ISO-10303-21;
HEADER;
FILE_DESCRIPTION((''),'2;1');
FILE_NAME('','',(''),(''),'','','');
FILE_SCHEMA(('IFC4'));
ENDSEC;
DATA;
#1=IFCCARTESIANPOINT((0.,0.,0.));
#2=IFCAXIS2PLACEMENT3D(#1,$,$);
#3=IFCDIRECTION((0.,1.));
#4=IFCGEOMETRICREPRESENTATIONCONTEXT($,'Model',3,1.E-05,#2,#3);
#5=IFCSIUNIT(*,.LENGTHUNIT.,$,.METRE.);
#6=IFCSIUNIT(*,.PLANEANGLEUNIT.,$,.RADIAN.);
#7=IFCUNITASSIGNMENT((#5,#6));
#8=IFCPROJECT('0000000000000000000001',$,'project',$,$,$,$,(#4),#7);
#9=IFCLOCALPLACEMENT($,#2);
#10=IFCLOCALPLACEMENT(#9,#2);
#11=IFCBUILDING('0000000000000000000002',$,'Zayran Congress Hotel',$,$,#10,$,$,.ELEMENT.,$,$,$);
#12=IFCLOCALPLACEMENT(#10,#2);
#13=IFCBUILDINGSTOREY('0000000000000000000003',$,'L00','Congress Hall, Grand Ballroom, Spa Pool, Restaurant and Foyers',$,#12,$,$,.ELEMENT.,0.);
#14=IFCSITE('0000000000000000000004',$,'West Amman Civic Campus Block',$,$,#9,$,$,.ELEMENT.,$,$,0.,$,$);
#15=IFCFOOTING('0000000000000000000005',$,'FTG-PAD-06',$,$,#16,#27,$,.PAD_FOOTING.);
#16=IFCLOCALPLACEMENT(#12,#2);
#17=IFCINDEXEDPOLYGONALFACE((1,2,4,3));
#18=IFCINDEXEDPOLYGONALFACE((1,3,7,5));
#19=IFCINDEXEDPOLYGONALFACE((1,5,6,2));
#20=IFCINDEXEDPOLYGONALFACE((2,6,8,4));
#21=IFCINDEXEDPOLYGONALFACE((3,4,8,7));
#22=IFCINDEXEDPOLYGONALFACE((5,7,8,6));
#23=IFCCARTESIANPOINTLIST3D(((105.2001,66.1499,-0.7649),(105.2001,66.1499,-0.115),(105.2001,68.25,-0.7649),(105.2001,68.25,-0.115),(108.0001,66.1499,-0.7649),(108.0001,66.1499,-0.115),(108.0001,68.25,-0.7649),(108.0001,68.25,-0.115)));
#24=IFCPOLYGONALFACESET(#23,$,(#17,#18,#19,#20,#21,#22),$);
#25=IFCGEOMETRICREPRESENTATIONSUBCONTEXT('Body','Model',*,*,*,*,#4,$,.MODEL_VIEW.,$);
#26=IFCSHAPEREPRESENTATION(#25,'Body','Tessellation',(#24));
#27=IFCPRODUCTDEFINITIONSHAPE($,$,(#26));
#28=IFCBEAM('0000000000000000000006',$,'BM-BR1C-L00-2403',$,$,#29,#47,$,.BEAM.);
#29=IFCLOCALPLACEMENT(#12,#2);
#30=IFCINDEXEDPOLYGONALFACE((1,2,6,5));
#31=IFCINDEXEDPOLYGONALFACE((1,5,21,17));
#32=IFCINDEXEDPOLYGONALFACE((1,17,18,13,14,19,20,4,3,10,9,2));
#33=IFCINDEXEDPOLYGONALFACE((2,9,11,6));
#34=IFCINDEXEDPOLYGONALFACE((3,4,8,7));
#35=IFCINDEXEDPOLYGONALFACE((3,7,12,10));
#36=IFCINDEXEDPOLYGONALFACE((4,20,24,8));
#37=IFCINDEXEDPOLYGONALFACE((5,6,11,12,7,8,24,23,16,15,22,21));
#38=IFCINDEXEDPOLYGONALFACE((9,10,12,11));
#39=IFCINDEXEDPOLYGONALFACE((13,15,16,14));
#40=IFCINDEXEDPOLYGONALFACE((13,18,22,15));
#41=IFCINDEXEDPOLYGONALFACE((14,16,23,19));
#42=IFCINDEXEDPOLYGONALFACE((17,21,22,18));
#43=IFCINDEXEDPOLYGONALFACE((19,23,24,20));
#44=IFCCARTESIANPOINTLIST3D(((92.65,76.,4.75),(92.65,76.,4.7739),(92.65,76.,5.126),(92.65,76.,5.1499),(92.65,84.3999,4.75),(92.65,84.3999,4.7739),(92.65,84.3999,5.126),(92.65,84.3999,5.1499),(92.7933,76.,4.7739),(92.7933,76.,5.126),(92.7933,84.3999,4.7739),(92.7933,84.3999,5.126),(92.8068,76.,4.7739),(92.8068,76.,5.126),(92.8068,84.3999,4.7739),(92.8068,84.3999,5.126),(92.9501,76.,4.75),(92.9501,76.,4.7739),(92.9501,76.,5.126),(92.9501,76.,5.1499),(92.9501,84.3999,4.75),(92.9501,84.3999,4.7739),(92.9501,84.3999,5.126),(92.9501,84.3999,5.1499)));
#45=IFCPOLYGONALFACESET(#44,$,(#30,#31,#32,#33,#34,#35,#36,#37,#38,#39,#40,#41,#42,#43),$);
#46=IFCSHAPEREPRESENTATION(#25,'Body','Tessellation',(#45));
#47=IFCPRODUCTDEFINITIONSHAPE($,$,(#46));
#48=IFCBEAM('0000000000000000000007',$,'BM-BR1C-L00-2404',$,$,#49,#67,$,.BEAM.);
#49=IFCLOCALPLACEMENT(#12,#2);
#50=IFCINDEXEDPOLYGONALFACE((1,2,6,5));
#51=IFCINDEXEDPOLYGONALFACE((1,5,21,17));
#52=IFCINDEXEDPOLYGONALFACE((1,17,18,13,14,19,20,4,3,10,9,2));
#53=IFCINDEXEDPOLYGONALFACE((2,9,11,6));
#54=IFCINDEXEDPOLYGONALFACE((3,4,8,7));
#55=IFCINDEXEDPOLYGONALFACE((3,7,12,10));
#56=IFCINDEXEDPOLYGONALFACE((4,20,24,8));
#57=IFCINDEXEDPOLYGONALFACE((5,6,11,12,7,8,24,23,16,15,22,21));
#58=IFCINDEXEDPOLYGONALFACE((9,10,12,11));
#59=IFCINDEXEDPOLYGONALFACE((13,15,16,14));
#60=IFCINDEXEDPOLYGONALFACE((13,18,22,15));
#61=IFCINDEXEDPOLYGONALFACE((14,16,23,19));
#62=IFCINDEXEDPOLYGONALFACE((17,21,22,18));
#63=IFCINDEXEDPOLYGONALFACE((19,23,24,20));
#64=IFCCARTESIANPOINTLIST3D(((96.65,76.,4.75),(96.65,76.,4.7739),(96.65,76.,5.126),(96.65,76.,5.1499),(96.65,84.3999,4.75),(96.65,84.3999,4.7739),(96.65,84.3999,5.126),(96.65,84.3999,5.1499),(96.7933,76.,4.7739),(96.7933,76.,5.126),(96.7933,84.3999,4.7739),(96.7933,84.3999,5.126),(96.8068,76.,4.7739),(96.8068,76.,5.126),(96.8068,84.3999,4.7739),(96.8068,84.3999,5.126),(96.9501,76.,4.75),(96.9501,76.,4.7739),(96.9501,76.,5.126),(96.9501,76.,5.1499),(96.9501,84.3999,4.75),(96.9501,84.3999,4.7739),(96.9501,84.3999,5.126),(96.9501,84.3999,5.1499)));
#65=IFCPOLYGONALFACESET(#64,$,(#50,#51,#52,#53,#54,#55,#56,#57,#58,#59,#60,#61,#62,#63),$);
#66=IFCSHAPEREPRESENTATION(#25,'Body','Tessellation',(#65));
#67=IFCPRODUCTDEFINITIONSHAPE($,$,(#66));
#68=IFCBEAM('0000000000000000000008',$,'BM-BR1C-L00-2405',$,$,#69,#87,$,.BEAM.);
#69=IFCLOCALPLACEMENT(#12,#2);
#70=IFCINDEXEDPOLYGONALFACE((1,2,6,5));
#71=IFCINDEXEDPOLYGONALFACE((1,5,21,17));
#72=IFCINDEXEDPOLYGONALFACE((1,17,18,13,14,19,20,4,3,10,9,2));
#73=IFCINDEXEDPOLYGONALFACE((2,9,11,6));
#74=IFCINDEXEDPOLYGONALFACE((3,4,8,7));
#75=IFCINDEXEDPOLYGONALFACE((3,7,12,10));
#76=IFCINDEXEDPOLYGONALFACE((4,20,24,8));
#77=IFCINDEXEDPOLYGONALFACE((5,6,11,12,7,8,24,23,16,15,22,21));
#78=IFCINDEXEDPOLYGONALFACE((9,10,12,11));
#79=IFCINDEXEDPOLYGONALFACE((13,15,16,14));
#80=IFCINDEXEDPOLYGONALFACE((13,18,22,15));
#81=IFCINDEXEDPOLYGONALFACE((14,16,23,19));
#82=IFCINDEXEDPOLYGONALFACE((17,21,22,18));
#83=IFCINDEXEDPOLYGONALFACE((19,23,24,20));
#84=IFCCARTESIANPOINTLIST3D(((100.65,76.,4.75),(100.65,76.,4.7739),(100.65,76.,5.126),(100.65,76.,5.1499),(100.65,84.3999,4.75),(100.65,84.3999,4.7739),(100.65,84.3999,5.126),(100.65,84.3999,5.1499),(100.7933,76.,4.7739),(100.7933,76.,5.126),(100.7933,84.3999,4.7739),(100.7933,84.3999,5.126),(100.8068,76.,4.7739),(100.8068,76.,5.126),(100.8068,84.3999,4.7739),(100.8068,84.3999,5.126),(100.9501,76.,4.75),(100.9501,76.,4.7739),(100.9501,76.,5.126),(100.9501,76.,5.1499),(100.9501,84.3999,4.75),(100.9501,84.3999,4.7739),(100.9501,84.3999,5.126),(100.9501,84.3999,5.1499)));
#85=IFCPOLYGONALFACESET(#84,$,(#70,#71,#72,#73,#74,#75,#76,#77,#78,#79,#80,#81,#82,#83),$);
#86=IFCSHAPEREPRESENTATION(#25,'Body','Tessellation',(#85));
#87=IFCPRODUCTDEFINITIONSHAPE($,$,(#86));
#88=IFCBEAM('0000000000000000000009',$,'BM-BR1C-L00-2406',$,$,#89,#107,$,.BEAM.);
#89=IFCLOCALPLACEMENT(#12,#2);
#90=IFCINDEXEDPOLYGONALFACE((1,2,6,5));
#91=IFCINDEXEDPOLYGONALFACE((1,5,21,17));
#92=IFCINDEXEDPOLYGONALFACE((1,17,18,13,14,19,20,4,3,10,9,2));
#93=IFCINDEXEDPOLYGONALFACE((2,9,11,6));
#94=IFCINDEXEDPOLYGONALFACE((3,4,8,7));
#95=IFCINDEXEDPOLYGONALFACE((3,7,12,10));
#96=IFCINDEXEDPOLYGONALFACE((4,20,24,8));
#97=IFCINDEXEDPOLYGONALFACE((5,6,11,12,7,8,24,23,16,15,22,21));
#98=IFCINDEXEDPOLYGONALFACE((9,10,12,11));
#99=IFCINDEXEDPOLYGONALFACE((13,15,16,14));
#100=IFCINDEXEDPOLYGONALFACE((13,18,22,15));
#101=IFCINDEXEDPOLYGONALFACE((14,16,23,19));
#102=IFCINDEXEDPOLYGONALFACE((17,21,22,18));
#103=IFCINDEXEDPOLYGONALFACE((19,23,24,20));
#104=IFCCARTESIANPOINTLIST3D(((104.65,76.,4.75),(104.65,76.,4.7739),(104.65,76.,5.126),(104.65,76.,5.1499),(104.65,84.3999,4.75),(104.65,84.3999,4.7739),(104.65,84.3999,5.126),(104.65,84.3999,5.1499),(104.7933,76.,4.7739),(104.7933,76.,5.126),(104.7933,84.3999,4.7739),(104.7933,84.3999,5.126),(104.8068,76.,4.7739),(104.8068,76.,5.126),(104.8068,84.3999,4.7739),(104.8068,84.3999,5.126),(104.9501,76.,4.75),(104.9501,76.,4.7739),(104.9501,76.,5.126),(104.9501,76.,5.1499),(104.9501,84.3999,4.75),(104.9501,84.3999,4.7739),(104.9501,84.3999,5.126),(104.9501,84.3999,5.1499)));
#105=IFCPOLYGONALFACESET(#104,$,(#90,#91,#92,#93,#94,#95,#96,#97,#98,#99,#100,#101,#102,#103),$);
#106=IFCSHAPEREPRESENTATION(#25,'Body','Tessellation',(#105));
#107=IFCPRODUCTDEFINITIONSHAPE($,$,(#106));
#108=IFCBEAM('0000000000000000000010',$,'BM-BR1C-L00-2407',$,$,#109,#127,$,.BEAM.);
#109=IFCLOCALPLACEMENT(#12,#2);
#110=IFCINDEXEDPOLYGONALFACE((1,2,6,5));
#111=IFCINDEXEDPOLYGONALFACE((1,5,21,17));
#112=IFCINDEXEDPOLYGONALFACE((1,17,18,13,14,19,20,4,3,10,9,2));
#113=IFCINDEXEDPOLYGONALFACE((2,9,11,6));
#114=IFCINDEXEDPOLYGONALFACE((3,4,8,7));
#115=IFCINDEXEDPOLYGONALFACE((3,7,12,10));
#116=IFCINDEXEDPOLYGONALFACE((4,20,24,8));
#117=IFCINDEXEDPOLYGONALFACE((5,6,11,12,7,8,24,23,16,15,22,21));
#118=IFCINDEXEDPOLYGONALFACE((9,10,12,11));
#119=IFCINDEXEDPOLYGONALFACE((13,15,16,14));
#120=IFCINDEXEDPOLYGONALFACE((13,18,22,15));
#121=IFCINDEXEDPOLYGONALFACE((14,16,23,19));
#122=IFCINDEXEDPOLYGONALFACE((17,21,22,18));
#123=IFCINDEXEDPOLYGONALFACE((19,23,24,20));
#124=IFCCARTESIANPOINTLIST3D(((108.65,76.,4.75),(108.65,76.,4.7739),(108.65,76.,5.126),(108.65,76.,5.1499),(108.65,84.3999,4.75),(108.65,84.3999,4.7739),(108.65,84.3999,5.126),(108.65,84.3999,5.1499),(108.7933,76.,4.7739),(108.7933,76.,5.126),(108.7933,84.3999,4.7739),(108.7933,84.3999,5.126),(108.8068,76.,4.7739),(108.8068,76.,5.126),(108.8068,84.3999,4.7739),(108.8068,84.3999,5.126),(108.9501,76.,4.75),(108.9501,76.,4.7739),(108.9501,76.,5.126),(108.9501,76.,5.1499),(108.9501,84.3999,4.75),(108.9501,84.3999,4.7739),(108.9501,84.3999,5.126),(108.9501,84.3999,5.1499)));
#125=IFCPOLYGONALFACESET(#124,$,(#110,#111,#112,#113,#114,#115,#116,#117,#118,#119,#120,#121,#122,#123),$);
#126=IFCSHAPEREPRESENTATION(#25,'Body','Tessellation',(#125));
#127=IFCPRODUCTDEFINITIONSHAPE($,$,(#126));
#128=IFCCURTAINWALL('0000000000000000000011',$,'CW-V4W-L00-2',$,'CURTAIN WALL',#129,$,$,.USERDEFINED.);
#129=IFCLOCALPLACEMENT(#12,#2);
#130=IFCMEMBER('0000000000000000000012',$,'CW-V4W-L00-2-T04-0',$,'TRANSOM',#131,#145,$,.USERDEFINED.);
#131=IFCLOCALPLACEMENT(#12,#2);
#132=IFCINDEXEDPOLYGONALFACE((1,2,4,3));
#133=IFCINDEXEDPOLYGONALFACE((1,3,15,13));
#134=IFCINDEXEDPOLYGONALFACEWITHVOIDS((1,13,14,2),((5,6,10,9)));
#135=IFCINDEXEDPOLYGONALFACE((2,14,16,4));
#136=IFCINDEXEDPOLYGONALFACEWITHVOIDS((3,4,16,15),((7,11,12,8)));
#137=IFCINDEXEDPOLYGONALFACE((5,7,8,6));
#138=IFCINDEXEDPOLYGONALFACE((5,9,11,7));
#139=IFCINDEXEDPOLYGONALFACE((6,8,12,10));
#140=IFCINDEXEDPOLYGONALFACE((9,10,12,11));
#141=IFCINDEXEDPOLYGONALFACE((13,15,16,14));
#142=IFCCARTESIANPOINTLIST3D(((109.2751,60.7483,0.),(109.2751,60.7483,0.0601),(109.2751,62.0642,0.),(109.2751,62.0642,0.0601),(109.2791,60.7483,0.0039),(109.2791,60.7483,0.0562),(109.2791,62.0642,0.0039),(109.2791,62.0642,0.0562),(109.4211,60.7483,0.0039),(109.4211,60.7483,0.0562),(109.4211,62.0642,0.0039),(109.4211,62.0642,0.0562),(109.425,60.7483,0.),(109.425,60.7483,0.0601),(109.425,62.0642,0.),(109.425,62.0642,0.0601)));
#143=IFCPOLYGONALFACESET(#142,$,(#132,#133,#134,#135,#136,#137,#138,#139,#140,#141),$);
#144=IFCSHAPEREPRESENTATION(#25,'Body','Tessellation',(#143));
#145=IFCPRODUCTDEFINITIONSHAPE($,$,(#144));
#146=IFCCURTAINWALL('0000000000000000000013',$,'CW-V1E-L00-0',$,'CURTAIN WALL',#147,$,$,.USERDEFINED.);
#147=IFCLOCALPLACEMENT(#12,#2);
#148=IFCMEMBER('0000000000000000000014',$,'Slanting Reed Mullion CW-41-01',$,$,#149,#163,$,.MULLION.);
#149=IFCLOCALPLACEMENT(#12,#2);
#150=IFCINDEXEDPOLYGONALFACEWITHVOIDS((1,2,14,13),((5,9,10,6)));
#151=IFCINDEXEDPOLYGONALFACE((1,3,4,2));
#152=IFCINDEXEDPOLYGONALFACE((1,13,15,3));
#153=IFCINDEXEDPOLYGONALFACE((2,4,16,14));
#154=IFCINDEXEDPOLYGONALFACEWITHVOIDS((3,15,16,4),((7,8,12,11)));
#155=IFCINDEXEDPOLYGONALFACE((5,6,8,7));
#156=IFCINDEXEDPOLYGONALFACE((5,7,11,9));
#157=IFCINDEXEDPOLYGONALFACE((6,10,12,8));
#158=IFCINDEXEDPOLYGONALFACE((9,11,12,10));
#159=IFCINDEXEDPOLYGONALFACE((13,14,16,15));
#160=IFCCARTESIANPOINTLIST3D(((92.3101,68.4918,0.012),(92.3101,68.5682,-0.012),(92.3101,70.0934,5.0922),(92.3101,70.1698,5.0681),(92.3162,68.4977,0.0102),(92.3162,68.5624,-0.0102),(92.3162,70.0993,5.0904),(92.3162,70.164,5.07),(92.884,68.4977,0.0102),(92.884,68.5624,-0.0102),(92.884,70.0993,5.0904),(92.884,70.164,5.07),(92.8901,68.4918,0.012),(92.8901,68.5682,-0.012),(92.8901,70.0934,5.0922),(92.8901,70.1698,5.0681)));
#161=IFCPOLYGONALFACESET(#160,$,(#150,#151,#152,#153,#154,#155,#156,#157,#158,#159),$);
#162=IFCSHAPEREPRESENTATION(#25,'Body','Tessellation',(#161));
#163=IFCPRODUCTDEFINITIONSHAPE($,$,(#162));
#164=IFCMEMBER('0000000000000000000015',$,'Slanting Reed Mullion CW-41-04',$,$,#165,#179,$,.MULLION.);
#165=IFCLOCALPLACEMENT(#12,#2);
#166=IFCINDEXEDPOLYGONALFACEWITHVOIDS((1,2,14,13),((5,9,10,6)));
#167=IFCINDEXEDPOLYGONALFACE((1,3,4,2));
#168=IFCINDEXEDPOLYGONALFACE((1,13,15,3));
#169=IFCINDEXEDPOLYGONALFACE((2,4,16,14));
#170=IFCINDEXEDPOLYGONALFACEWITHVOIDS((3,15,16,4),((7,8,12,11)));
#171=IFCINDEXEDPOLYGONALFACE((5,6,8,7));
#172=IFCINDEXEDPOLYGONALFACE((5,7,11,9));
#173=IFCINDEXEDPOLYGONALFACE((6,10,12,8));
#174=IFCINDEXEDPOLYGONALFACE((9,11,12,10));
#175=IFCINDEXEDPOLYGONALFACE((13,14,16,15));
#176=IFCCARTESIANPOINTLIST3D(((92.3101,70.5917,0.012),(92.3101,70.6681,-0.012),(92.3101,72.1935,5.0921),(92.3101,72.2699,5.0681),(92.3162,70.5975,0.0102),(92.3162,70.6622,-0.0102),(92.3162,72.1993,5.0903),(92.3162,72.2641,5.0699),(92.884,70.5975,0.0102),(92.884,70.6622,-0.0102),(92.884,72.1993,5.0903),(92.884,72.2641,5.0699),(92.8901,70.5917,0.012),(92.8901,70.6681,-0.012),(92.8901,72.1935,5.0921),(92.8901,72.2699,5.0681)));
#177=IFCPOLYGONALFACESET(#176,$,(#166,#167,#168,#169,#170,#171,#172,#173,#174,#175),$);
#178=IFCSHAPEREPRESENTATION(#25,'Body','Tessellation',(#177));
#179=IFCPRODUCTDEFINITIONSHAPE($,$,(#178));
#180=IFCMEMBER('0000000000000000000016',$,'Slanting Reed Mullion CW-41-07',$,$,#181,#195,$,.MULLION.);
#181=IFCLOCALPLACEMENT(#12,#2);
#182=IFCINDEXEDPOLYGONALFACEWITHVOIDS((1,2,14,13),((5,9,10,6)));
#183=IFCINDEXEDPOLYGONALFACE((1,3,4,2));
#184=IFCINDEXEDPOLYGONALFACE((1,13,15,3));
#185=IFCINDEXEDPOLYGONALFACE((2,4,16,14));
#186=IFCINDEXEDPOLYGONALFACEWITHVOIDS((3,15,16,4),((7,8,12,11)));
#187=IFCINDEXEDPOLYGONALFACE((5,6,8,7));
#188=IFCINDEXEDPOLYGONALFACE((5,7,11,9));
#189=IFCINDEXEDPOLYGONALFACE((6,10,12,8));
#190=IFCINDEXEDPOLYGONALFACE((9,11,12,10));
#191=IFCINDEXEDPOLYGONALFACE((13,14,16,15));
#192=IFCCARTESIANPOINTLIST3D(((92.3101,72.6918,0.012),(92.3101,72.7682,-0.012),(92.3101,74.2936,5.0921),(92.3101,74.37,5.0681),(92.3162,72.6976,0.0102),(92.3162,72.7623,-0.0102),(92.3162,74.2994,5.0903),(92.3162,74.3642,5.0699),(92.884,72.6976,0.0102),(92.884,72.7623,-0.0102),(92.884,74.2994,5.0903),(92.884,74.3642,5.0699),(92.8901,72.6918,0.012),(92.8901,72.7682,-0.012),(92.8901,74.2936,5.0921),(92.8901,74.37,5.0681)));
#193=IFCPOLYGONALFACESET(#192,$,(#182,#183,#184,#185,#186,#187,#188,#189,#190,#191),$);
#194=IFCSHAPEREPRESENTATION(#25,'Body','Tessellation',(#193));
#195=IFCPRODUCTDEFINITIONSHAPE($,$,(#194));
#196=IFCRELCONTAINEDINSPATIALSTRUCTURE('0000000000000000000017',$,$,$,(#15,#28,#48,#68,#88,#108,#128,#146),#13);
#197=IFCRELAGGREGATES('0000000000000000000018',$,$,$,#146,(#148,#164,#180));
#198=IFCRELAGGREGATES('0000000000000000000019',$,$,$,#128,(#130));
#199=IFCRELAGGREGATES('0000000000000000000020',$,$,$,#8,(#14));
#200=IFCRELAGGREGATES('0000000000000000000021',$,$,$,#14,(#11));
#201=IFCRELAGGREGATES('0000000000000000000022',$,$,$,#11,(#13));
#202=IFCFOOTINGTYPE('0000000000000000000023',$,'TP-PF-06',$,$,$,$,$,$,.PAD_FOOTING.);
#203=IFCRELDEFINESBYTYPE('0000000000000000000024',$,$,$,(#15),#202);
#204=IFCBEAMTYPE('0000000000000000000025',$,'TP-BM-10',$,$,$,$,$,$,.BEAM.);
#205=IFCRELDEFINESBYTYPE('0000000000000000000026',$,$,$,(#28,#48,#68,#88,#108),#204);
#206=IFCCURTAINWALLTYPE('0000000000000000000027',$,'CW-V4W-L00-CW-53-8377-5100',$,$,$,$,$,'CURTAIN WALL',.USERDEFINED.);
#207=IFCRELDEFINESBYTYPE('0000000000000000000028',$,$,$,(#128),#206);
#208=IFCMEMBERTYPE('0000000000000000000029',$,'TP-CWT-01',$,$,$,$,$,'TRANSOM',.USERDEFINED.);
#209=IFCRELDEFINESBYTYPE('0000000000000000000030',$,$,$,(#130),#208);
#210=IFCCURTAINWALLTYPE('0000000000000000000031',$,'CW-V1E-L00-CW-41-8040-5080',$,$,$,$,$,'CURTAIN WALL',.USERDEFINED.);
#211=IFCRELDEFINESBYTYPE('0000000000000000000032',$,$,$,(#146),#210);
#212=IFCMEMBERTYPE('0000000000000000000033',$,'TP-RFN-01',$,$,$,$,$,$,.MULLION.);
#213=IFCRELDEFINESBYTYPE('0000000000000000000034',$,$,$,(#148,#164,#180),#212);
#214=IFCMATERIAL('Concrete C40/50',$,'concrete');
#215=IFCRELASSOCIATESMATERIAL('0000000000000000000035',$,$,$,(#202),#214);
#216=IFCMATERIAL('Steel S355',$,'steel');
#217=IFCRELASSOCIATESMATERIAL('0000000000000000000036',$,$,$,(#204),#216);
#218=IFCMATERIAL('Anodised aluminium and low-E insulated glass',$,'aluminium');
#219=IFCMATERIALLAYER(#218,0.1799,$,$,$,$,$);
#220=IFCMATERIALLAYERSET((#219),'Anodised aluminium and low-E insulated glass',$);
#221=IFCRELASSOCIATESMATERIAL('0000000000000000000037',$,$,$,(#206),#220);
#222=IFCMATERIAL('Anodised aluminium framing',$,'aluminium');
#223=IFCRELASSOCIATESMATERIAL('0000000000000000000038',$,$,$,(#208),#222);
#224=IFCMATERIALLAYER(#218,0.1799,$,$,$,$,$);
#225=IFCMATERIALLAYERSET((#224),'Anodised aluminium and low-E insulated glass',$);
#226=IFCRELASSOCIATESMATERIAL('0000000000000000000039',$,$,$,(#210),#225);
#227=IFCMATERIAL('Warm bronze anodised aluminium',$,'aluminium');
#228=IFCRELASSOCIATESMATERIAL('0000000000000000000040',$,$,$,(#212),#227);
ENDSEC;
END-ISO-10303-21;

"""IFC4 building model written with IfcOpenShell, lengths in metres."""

from ifc_helpers import new_model, si_unit, direction, frame, origin, origin_2d, place, context, subcontext, project, spatial, rectangle, hollow_rectangle, i_section, extrude, material, layer, layer_set, material_profile, profile_set, type_object, element, aggregate, save


model = new_model("IFC4")

# Units and contexts
model_context = context("Model", 3, precision=1e-05, world=origin(), true_north=direction((0.0, 1.0)))
body_context = subcontext(model_context, "Body", "Model", "MODEL_VIEW")
ifc_project = project(units=[si_unit("LENGTHUNIT", "METRE"), si_unit("PLANEANGLEUNIT", "RADIAN")], contexts=[model_context])

# Site, building, storey
site_placement = place(None, origin())
site = spatial("IfcSite", under=ifc_project, at=site_placement, Name="West Amman Civic Campus Block", CompositionType="ELEMENT", RefElevation=0.0)
building_placement = place(site_placement, origin())
building = spatial("IfcBuilding", under=site, at=building_placement, Name="Zayran Congress Hotel", CompositionType="ELEMENT")
storey_placement = place(building_placement, origin())
storey = spatial("IfcBuildingStorey", under=building, at=storey_placement, Name="L00", Description="Congress Hall, Grand Ballroom, Spa Pool, Restaurant and Foyers", CompositionType="ELEMENT", Elevation=0.0)

# Footing
ifc_material_1 = material(Name="Concrete C40/50", Category="concrete")
footing_type = type_object("IfcFootingType", Name="TP-PF-06", PredefinedType="PAD_FOOTING", material=ifc_material_1)
footing_placement = place(storey_placement, frame((106.6001, 67.2, -0.7649), z_axis=(0.0, 0.0, 1.0), x_axis=(1.0, 0.0, 0.0)))
element("IfcFooting", 1, at=footing_placement, inside=storey, type_object=footing_type, Name="FTG-PAD-06", PredefinedType="PAD_FOOTING", context=body_context, shape_type="SweptSolid", body=[
    extrude(rectangle(XDim=2.8, YDim=2.1001, at=origin_2d()), origin(), (0.0, 0.0, 1.0), 0.6499),
])

# Beams
ifc_material_2 = material(Name="Steel S355", Category="steel")
ifc_material_profile_1 = material_profile(ifc_material_2, i_section(OverallWidth=0.3, OverallDepth=0.3999, WebThickness=0.0134, FlangeThickness=0.0239, at=origin_2d()), Name="HEB 400")
ifc_profile_set_1 = profile_set([ifc_material_profile_1], Name="Steel S355")
beam_type = type_object("IfcBeamType", Name="TP-BM-10", PredefinedType="BEAM", material=ifc_profile_set_1)
for number, where, z_axis, x_axis, name in (
    (2, (92.8, 76.0, 4.95), (0.0, 1.0, 0.0), (-1.0, 0.0, 0.0), "BM-BR1C-L00-2403"),
    (3, (96.8, 76.0, 4.95), (0.0, 1.0, 0.0), (-1.0, 0.0, 0.0), "BM-BR1C-L00-2404"),
    (4, (100.8, 76.0, 4.95), (0.0, 1.0, 0.0), (-1.0, 0.0, 0.0), "BM-BR1C-L00-2405"),
    (5, (104.8, 76.0, 4.95), (0.0, 1.0, 0.0), (-1.0, 0.0, 0.0), "BM-BR1C-L00-2406"),
    (6, (108.8, 76.0, 4.95), (0.0, 1.0, 0.0), (-1.0, 0.0, 0.0), "BM-BR1C-L00-2407"),
):
    element("IfcBeam", number, at=place(storey_placement, frame(where, z_axis=z_axis, x_axis=x_axis)), inside=storey, type_object=beam_type, Name=name, PredefinedType="BEAM", context=body_context, shape_type="SweptSolid", body=[
        extrude(i_section(OverallWidth=0.3, OverallDepth=0.3999, WebThickness=0.0134, FlangeThickness=0.0239, at=origin_2d()), origin(), (0.0, 0.0, 1.0), 8.3999),
    ])

# Curtain wall, member
ifc_material_3 = material(Name="Anodised aluminium and low-E insulated glass", Category="aluminium")
ifc_layer_1 = layer(ifc_material_3, 0.1799)
ifc_layer_set_1 = layer_set([ifc_layer_1], Name="Anodised aluminium and low-E insulated glass")
curtain_wall_type_1 = type_object("IfcCurtainWallType", Name="CW-V4W-L00-CW-53-8377-5100", ElementType="CURTAIN WALL", PredefinedType="USERDEFINED", material=ifc_layer_set_1)
curtain_wall_1_placement = place(storey_placement, origin())
curtain_wall_1 = element("IfcCurtainWall", 7, at=curtain_wall_1_placement, inside=storey, type_object=curtain_wall_type_1, Name="CW-V4W-L00-2", ObjectType="CURTAIN WALL", PredefinedType="USERDEFINED")
ifc_material_4 = material(Name="Anodised aluminium framing", Category="aluminium")
ifc_material_profile_2 = material_profile(ifc_material_4, hollow_rectangle(XDim=0.0601, YDim=0.1499, WallThickness=0.0039, at=origin_2d()), Name="RHS 150x60x4")
ifc_profile_set_2 = profile_set([ifc_material_profile_2], Name="Anodised aluminium framing")
member_type_1 = type_object("IfcMemberType", Name="TP-CWT-01", ElementType="TRANSOM", PredefinedType="USERDEFINED", material=ifc_profile_set_2)
member_1_placement = place(storey_placement, frame((109.3501, 62.0642, 0.03), z_axis=(0.0, -1.0, 0.0), x_axis=(0.0, 0.0, 1.0)))
member_1 = element("IfcMember", 8, at=member_1_placement, type_object=member_type_1, Name="CW-V4W-L00-2-T04-0", ObjectType="TRANSOM", PredefinedType="USERDEFINED", context=body_context, shape_type="SweptSolid", body=[
    extrude(hollow_rectangle(XDim=0.0601, YDim=0.1499, WallThickness=0.0039, at=origin_2d()), origin(), (0.0, 0.0, 1.0), 1.3159),
])

# Curtain wall, members
ifc_layer_2 = layer(ifc_material_3, 0.1799)
ifc_layer_set_2 = layer_set([ifc_layer_2], Name="Anodised aluminium and low-E insulated glass")
curtain_wall_type_2 = type_object("IfcCurtainWallType", Name="CW-V1E-L00-CW-41-8040-5080", ElementType="CURTAIN WALL", PredefinedType="USERDEFINED", material=ifc_layer_set_2)
curtain_wall_2_placement = place(storey_placement, origin())
curtain_wall_2 = element("IfcCurtainWall", 9, at=curtain_wall_2_placement, inside=storey, type_object=curtain_wall_type_2, Name="CW-V1E-L00-0", ObjectType="CURTAIN WALL", PredefinedType="USERDEFINED")
ifc_material_5 = material(Name="Warm bronze anodised aluminium", Category="aluminium")
ifc_material_profile_3 = material_profile(ifc_material_5, hollow_rectangle(XDim=0.0801, YDim=0.5801, WallThickness=0.0061, at=origin_2d()), Name="RHS 580x80x6")
ifc_profile_set_3 = profile_set([ifc_material_profile_3], Name="Warm bronze anodised aluminium")
member_type_2 = type_object("IfcMemberType", Name="TP-RFN-01", PredefinedType="MULLION", material=ifc_profile_set_3)
member_2_placement = place(storey_placement, frame((92.6001, 68.53, 0.0), z_axis=(0.0, 0.300675, 0.953727), x_axis=(0.0, -0.953727, 0.300675)))
member_2 = element("IfcMember", 10, at=member_2_placement, type_object=member_type_2, Name="Slanting Reed Mullion CW-41-01", PredefinedType="MULLION", context=body_context, shape_type="SweptSolid", body=[
    extrude(hollow_rectangle(XDim=0.0801, YDim=0.5801, WallThickness=0.0061, at=origin_2d()), origin(), (0.0, 0.0, 1.0), 5.3267),
])
member_3_placement = place(storey_placement, frame((92.6001, 70.6299, 0.0), z_axis=(0.0, 0.300717, 0.953713), x_axis=(0.0, -0.953713, 0.300717)))
member_3 = element("IfcMember", 11, at=member_3_placement, type_object=member_type_2, Name="Slanting Reed Mullion CW-41-04", PredefinedType="MULLION", context=body_context, shape_type="SweptSolid", body=[
    extrude(hollow_rectangle(XDim=0.0801, YDim=0.5801, WallThickness=0.0061, at=origin_2d()), origin(), (0.0, 0.0, 1.0), 5.3267),
])
member_4_placement = place(storey_placement, frame((92.6001, 72.73, 0.0), z_axis=(0.0, 0.300717, 0.953713), x_axis=(0.0, -0.953713, 0.300717)))
member_4 = element("IfcMember", 12, at=member_4_placement, type_object=member_type_2, Name="Slanting Reed Mullion CW-41-07", PredefinedType="MULLION", context=body_context, shape_type="SweptSolid", body=[
    extrude(hollow_rectangle(XDim=0.0801, YDim=0.5801, WallThickness=0.0061, at=origin_2d()), origin(), (0.0, 0.0, 1.0), 5.3267),
])

aggregate(curtain_wall_2, [member_2, member_3, member_4])

aggregate(curtain_wall_1, [member_1])

save(model, "model.ifc")
